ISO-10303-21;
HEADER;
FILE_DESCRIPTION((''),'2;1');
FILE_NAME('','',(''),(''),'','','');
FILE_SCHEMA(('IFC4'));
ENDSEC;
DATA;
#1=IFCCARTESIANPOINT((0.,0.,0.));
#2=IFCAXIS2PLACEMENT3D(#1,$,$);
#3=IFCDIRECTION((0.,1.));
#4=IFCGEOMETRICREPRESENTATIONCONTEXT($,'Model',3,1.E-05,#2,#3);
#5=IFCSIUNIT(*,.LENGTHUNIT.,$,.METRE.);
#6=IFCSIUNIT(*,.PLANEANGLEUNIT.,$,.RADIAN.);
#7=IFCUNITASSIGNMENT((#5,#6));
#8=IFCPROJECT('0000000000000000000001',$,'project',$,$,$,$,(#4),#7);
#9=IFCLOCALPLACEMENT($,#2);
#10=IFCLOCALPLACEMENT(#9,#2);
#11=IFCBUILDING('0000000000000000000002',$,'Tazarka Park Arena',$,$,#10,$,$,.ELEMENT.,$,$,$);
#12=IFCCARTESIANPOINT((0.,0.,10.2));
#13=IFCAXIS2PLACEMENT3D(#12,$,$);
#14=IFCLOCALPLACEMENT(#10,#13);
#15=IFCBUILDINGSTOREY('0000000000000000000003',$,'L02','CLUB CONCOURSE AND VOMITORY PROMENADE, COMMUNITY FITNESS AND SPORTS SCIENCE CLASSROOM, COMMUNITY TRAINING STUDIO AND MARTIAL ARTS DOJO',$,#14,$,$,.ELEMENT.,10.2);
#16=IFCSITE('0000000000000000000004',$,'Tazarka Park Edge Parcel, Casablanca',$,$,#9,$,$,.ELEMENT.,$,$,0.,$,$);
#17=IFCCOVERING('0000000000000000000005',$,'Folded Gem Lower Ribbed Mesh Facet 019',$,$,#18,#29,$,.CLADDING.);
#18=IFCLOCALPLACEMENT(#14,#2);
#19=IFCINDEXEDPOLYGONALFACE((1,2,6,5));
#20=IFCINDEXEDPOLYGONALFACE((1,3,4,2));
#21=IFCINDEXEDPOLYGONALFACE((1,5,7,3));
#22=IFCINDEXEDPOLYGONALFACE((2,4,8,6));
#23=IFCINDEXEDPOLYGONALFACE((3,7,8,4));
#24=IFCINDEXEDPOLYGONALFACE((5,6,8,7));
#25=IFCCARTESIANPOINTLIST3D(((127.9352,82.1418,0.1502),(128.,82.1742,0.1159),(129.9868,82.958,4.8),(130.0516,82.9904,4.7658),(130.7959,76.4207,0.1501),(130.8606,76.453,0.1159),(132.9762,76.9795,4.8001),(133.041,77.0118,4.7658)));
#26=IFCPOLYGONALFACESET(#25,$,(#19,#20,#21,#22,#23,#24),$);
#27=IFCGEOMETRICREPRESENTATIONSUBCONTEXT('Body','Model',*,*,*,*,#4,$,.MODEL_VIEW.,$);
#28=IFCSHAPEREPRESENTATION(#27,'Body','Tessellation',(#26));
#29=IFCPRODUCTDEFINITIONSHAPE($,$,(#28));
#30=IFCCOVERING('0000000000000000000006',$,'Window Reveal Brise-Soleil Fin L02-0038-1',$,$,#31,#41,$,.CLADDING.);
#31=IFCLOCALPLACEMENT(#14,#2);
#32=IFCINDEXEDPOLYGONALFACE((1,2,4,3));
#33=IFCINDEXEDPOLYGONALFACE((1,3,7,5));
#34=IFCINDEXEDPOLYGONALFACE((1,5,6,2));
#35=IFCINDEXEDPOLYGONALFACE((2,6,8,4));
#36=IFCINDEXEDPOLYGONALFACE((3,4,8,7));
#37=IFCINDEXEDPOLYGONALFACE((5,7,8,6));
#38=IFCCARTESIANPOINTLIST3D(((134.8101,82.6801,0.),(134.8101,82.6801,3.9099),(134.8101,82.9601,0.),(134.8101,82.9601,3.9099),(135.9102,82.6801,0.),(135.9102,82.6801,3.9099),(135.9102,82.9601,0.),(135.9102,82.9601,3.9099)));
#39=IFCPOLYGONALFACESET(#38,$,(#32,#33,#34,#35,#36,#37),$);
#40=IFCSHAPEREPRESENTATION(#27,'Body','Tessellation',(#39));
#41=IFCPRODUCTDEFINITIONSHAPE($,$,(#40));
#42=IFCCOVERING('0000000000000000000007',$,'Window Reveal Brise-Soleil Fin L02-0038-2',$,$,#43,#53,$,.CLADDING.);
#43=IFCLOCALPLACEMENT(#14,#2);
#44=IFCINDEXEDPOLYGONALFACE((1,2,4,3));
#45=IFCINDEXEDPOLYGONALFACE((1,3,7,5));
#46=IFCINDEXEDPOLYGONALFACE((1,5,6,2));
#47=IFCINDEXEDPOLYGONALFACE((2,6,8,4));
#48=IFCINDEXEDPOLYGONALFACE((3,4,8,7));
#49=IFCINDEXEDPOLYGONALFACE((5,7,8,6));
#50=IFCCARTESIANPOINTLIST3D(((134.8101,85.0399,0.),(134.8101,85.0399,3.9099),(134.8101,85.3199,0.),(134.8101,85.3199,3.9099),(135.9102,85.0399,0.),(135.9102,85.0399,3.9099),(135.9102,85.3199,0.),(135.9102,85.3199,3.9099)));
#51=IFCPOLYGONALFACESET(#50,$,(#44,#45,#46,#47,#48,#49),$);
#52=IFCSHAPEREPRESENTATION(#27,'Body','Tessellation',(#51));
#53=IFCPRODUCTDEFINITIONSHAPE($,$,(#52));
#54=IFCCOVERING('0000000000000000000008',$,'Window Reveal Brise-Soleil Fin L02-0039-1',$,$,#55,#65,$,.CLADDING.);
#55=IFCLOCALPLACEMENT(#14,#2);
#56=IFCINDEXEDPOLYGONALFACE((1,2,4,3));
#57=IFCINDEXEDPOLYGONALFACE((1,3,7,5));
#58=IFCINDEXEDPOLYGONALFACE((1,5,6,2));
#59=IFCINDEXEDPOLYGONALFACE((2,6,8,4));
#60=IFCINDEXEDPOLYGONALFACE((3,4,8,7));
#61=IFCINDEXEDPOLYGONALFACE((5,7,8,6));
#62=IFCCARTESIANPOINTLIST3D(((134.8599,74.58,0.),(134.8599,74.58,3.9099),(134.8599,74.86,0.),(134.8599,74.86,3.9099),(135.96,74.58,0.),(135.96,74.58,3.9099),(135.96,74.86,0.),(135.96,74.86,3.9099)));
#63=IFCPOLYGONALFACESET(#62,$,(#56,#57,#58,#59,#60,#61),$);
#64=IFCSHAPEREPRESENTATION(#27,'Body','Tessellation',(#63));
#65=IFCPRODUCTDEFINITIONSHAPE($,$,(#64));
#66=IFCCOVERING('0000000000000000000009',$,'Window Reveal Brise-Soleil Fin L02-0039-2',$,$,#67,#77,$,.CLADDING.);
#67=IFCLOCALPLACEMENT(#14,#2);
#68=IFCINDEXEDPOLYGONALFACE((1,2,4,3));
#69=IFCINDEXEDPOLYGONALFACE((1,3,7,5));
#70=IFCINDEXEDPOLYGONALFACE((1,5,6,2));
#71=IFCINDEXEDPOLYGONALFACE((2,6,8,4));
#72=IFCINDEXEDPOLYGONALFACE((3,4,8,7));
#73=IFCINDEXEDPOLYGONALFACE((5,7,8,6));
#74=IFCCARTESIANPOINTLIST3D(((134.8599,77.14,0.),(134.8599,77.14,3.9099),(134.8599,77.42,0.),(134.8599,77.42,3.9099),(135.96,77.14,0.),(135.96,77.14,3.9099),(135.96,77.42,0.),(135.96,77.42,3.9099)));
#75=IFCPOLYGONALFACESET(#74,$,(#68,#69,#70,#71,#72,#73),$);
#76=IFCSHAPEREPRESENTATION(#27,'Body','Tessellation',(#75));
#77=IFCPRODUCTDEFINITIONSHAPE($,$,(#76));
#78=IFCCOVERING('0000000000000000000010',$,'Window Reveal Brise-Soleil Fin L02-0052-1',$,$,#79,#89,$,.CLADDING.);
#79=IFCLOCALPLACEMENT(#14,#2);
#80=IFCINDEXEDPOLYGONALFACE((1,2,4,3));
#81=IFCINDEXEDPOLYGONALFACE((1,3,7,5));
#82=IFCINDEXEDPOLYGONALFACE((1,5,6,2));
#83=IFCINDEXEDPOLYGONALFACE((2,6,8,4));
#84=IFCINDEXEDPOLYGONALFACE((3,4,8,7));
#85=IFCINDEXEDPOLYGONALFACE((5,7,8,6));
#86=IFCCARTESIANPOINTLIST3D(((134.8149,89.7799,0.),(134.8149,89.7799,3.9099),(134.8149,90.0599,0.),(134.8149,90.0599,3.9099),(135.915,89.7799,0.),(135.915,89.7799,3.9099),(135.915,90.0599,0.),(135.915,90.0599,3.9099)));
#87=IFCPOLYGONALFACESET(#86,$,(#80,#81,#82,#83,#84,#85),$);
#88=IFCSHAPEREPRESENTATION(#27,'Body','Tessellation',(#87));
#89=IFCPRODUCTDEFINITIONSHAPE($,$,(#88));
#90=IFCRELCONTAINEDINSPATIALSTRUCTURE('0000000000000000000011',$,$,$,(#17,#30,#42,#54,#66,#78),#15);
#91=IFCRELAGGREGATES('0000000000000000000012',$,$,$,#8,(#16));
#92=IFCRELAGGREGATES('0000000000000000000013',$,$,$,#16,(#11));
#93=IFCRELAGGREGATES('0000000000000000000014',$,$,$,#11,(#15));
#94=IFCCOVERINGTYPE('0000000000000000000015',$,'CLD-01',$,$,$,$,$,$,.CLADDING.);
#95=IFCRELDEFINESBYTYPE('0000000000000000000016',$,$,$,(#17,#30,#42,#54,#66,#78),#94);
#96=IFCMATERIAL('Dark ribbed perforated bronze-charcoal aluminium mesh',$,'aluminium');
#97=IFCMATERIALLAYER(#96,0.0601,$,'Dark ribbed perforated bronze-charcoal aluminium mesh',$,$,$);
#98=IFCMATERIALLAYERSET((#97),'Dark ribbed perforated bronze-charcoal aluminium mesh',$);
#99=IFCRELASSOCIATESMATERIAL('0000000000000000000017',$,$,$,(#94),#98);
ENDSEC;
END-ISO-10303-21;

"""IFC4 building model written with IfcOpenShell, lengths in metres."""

from ifc_helpers import new_model, si_unit, direction, frame, origin, origin_2d, place, context, subcontext, project, spatial, polyline, rectangle, outline, extrude, material, layer, layer_set, type_object, element, save


model = new_model("IFC4")

# Units and contexts
model_context = context("Model", 3, precision=1e-05, world=origin(), true_north=direction((0.0, 1.0)))
body_context = subcontext(model_context, "Body", "Model", "MODEL_VIEW")
ifc_project = project(units=[si_unit("LENGTHUNIT", "METRE"), si_unit("PLANEANGLEUNIT", "RADIAN")], contexts=[model_context])

# Site, building, storey
site_placement = place(None, origin())
site = spatial("IfcSite", under=ifc_project, at=site_placement, Name="Tazarka Park Edge Parcel, Casablanca", CompositionType="ELEMENT", RefElevation=0.0)
building_placement = place(site_placement, origin())
building = spatial("IfcBuilding", under=site, at=building_placement, Name="Tazarka Park Arena", CompositionType="ELEMENT")
storey_placement = place(building_placement, frame((0.0, 0.0, 10.2)))
storey = spatial("IfcBuildingStorey", under=building, at=storey_placement, Name="L02", Description="CLUB CONCOURSE AND VOMITORY PROMENADE, COMMUNITY FITNESS AND SPORTS SCIENCE CLASSROOM, COMMUNITY TRAINING STUDIO AND MARTIAL ARTS DOJO", CompositionType="ELEMENT", Elevation=10.2)

# Coverings
ifc_material_1 = material(Name="Dark ribbed perforated bronze-charcoal aluminium mesh", Category="aluminium")
ifc_layer_1 = layer(ifc_material_1, 0.0601, Name="Dark ribbed perforated bronze-charcoal aluminium mesh")
ifc_layer_set_1 = layer_set([ifc_layer_1], Name="Dark ribbed perforated bronze-charcoal aluminium mesh")
covering_type = type_object("IfcCoveringType", Name="CLD-01", PredefinedType="CLADDING", material=ifc_layer_set_1)
covering_placement = place(storey_placement, frame((130.7959, 76.4207, 0.1501), z_axis=(-0.808493, -0.404263, 0.427681), x_axis=(-0.447226, 0.894421, 0.000006)))
element("IfcCovering", 1, at=covering_placement, inside=storey, type_object=covering_type, Name="Folded Gem Lower Ribbed Mesh Facet 019", PredefinedType="CLADDING", context=body_context, shape_type="SweptSolid", body=[
    extrude(outline(polyline([(0.0, 0.0), (6.3965, 0.0), (6.209, -5.1441), (-0.4753, -5.1441), (0.0, 0.0)])), origin(), (0.0, 0.0, -1.0), 0.0801),
])
for number, where, z_axis, x_axis, name in (
    (2, (135.3601, 82.8201, 0.0), (0.0, 0.0, 1.0), (0.0, 1.0, 0.0), "Window Reveal Brise-Soleil Fin L02-0038-1"),
    (3, (135.3601, 85.1799, 0.0), (0.0, 0.0, 1.0), (0.0, 1.0, 0.0), "Window Reveal Brise-Soleil Fin L02-0038-2"),
    (4, (135.4099, 74.72, 0.0), (0.0, 0.0, 1.0), (0.0, 1.0, 0.0), "Window Reveal Brise-Soleil Fin L02-0039-1"),
    (5, (135.4099, 77.28, 0.0), (0.0, 0.0, 1.0), (0.0, 1.0, 0.0), "Window Reveal Brise-Soleil Fin L02-0039-2"),
    (6, (135.365, 89.9199, 0.0), (0.0, 0.0, 1.0), (0.0, 1.0, 0.0), "Window Reveal Brise-Soleil Fin L02-0052-1"),
):
    element("IfcCovering", number, at=place(storey_placement, frame(where, z_axis=z_axis, x_axis=x_axis)), inside=storey, type_object=covering_type, Name=name, PredefinedType="CLADDING", context=body_context, shape_type="SweptSolid", body=[
        extrude(rectangle(XDim=0.28, YDim=1.1001, at=origin_2d()), origin(), (0.0, 0.0, 1.0), 3.9099),
    ])

save(model, "model.ifc")
